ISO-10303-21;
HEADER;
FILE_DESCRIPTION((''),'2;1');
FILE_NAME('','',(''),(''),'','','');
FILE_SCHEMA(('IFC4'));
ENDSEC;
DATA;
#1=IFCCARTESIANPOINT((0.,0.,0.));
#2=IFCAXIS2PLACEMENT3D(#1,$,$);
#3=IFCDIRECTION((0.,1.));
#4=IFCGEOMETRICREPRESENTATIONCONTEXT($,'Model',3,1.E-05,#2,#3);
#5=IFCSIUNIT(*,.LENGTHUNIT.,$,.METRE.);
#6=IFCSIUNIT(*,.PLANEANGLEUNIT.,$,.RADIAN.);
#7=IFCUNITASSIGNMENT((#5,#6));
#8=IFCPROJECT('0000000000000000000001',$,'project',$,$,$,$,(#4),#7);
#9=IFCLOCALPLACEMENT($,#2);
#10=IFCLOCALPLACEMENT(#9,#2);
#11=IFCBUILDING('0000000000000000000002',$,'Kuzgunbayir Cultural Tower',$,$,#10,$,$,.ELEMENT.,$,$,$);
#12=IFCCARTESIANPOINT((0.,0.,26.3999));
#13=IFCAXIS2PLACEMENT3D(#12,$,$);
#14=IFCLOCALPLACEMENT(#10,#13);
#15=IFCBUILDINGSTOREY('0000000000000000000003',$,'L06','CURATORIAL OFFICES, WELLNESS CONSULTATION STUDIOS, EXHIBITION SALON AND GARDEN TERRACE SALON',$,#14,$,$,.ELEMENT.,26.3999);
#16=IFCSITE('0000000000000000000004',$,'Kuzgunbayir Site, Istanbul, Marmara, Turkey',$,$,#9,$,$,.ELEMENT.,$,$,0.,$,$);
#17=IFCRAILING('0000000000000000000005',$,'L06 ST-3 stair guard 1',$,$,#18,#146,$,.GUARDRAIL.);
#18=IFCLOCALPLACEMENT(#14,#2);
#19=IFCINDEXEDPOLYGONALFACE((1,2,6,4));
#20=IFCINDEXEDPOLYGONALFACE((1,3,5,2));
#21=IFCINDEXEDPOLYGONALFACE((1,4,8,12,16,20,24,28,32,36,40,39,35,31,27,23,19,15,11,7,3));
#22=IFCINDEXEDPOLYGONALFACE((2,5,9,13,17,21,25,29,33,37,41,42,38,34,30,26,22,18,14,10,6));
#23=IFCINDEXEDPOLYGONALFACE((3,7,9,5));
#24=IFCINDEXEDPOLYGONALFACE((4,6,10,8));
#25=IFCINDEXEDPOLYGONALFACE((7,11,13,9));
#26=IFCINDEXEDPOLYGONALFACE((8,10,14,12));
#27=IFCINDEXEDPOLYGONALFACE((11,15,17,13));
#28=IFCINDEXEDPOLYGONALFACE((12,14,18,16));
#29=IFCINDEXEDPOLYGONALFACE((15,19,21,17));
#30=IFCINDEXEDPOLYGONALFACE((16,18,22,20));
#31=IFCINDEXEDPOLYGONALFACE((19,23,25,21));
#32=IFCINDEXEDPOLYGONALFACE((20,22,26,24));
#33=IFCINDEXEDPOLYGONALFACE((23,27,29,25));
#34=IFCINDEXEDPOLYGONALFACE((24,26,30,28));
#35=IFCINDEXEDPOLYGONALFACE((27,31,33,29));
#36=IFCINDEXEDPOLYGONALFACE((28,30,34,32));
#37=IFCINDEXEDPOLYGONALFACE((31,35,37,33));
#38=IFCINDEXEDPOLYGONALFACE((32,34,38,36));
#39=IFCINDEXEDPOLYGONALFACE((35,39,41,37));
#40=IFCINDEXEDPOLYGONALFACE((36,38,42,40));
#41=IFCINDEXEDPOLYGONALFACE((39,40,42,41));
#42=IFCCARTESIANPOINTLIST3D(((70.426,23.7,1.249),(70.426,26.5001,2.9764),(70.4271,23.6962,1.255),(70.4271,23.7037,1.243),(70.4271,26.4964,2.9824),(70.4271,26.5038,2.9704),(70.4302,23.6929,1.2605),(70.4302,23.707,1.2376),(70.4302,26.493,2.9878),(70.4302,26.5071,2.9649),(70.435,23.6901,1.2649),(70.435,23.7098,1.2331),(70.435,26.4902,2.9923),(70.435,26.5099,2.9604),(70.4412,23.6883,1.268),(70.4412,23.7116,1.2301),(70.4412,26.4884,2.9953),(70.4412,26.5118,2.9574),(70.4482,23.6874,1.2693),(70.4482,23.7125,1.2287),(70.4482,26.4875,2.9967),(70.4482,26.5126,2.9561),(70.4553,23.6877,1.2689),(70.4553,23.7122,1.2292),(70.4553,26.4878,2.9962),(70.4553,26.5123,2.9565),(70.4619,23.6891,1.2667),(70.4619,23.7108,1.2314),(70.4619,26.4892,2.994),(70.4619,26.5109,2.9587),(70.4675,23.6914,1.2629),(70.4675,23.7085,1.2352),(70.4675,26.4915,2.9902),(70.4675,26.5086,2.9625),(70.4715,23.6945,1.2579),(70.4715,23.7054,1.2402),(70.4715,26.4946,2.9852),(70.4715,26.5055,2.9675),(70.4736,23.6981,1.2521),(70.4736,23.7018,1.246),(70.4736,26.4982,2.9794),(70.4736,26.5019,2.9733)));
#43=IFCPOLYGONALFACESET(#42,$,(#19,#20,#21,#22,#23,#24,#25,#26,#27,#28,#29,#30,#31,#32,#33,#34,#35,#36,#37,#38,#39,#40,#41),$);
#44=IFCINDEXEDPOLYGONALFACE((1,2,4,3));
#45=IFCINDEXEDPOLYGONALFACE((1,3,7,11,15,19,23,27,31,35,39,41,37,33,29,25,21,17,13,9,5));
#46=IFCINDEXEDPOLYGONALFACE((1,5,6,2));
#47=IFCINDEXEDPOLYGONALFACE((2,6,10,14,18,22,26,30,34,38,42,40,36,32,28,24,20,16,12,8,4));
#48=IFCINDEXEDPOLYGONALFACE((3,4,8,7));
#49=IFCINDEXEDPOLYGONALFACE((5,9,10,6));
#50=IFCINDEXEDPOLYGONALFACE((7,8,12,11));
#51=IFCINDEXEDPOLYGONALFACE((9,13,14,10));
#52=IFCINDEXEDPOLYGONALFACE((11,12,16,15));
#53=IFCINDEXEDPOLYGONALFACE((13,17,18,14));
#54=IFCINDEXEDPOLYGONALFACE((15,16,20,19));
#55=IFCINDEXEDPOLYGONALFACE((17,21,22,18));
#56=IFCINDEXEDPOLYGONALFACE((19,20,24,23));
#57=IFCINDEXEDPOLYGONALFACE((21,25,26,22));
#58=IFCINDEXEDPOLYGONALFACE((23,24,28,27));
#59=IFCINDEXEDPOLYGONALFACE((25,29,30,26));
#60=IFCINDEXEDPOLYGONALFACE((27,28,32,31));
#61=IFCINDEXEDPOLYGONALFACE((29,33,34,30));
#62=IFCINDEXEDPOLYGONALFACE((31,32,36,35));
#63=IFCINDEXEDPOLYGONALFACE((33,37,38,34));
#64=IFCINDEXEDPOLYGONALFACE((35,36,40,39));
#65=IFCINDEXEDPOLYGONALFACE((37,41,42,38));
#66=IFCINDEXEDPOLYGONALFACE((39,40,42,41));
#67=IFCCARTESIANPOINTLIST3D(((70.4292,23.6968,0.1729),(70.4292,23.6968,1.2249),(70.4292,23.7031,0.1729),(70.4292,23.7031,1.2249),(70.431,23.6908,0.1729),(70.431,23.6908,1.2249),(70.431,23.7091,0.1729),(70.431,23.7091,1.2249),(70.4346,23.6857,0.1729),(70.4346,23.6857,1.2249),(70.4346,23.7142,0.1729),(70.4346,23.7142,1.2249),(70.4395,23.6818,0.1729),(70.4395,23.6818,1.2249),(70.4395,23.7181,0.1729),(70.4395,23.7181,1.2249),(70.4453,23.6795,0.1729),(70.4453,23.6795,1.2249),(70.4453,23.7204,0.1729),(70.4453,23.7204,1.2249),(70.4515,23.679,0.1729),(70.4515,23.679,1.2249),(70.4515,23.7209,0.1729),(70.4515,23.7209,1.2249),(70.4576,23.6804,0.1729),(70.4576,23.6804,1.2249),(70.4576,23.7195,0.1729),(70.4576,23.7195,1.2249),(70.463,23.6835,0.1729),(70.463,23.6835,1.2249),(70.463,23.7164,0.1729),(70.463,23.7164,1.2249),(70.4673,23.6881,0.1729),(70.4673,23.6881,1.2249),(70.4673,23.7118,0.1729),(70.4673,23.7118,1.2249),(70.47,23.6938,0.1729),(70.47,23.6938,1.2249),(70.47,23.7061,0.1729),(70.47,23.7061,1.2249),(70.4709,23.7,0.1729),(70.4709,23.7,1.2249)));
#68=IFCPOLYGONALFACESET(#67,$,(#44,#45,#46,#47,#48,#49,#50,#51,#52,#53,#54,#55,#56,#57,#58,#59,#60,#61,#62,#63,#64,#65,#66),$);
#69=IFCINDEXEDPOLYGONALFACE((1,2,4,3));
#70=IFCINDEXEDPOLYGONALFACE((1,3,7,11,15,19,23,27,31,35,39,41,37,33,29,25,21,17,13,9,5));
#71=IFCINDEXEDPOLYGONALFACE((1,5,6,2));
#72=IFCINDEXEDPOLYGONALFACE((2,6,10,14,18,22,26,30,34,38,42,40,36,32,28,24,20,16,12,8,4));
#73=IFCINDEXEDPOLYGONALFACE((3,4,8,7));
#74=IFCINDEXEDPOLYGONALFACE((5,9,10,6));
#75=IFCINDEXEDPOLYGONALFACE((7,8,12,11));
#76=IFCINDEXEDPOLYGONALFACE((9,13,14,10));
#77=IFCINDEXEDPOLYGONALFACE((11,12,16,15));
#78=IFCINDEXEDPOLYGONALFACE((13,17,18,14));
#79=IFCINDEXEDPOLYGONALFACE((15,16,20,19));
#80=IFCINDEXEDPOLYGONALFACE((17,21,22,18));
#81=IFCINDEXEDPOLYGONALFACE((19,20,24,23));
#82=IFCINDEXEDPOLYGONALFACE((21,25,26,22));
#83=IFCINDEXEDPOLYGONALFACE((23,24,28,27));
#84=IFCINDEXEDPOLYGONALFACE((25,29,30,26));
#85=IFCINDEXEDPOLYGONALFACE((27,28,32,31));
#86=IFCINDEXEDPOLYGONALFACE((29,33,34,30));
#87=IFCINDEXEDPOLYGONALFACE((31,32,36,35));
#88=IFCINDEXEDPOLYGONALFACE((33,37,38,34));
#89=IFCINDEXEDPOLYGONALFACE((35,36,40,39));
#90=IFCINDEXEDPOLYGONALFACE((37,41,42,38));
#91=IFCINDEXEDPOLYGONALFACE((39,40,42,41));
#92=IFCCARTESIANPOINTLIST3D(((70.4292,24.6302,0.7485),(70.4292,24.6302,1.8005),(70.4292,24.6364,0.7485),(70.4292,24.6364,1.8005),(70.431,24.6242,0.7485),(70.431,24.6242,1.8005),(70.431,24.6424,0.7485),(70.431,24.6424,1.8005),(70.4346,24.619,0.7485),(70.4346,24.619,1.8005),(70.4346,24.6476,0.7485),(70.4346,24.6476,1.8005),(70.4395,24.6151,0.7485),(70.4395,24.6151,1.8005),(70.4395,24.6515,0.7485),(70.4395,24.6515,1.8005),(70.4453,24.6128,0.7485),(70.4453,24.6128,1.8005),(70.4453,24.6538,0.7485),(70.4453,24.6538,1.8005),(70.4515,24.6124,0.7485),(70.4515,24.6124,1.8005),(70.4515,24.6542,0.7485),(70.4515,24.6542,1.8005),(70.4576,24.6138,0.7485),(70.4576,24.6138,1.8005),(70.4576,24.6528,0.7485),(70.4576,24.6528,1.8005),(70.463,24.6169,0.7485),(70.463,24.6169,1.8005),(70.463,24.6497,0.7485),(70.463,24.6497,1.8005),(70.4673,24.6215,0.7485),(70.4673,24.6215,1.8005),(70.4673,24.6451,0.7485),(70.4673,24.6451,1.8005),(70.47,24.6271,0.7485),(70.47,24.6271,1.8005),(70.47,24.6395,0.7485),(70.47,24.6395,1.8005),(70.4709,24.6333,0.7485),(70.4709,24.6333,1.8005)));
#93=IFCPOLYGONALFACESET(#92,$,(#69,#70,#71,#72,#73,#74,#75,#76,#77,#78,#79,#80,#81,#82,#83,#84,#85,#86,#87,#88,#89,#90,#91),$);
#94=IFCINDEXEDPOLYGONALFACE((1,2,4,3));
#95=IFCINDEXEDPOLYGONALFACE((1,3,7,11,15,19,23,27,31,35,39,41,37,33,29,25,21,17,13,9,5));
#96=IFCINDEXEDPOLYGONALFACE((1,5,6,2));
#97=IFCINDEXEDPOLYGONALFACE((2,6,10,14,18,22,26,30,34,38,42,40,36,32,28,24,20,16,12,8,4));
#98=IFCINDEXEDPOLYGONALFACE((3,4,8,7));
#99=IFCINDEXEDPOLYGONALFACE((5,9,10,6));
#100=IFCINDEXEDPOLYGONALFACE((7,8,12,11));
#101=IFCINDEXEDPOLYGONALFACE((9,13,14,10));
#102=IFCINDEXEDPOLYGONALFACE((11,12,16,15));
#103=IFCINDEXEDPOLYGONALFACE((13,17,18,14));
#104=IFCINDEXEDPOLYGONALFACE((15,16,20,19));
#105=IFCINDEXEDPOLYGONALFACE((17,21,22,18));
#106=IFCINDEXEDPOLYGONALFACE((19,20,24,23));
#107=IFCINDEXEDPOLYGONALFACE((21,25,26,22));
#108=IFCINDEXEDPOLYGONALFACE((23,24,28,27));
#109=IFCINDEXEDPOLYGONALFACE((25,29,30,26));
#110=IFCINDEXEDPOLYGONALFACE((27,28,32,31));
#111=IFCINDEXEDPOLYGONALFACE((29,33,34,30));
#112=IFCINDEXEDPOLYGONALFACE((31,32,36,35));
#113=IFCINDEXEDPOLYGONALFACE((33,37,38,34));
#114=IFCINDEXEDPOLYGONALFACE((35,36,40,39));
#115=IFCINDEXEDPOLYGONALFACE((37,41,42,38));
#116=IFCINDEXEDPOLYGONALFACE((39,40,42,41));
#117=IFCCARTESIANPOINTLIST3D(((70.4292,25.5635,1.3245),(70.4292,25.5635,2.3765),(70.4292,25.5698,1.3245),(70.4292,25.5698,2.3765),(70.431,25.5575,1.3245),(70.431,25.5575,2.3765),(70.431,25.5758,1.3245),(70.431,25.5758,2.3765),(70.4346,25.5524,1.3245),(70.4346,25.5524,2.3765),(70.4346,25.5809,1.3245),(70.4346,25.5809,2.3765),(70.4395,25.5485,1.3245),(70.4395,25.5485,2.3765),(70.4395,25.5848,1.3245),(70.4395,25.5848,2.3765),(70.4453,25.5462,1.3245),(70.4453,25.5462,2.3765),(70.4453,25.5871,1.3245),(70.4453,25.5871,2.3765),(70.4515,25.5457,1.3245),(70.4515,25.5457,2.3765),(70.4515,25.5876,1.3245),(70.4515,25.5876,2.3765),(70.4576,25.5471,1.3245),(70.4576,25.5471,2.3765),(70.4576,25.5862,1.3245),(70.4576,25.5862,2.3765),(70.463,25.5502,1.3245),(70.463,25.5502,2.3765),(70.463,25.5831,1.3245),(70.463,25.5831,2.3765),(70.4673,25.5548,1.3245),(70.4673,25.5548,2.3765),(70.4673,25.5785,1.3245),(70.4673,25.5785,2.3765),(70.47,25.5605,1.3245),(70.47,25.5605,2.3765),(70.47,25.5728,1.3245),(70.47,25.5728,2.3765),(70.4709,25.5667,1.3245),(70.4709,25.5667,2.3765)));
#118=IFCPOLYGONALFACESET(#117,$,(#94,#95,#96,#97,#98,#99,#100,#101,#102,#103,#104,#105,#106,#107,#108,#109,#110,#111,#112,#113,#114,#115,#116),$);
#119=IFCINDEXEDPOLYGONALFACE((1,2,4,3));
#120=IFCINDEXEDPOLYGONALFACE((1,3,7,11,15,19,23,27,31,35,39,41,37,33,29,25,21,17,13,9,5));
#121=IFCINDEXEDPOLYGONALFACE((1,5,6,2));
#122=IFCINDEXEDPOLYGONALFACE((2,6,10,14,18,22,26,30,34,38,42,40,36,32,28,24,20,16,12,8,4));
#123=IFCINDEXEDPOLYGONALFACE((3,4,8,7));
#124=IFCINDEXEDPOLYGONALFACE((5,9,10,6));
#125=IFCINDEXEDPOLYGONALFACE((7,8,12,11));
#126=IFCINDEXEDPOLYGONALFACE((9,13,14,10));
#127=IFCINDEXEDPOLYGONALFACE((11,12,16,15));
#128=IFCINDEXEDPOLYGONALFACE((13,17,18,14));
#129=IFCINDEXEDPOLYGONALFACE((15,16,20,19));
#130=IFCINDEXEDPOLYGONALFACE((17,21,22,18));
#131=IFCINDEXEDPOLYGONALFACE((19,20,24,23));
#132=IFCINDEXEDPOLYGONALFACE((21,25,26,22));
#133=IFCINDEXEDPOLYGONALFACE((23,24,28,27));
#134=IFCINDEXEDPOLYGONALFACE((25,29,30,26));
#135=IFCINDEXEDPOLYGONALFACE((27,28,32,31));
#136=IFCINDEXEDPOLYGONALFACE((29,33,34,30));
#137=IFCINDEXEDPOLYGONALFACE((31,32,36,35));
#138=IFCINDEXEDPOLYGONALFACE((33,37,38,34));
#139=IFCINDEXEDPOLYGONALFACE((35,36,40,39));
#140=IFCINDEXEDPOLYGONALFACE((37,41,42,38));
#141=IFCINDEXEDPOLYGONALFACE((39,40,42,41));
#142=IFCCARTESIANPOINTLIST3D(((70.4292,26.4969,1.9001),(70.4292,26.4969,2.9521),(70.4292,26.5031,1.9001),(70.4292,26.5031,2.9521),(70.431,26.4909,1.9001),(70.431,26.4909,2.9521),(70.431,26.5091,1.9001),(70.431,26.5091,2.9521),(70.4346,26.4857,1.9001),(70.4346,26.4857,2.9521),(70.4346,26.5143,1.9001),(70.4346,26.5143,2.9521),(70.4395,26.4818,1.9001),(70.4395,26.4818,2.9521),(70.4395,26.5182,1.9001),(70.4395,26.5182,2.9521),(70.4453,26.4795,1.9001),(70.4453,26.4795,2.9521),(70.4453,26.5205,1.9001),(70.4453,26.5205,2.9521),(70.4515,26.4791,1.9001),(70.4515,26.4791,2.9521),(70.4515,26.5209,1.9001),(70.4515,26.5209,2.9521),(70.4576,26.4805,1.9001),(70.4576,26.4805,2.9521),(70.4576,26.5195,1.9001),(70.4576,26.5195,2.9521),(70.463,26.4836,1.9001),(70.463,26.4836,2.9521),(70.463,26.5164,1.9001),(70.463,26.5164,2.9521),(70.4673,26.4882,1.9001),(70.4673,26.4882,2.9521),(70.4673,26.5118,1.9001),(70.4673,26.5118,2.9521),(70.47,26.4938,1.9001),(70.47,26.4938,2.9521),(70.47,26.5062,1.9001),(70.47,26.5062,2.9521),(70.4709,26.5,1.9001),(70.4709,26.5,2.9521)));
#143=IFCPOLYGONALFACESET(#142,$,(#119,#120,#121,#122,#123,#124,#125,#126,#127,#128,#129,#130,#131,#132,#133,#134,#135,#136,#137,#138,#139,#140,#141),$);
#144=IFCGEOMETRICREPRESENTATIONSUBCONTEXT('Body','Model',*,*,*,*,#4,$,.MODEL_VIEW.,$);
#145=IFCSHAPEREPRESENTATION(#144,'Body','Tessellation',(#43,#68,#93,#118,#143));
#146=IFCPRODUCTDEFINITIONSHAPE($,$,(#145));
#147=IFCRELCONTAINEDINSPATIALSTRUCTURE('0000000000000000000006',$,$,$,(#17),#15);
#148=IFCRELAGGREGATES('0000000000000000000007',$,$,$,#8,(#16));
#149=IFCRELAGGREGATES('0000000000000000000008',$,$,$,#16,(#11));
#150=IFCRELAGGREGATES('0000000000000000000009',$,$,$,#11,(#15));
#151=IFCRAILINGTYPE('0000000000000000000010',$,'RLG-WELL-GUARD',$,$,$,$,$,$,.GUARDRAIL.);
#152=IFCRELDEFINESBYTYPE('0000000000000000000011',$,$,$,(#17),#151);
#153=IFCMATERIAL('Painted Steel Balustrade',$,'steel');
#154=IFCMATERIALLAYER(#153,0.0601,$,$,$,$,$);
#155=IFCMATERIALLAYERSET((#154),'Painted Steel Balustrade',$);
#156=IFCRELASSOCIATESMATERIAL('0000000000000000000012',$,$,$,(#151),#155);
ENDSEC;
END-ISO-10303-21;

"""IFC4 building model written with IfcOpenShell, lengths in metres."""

from ifc_helpers import new_model, si_unit, direction, frame, origin, origin_2d, place, context, subcontext, project, spatial, circle, extrude, material, layer, layer_set, type_object, element, save


model = new_model("IFC4")

# Units and contexts
model_context = context("Model", 3, precision=1e-05, world=origin(), true_north=direction((0.0, 1.0)))
body_context = subcontext(model_context, "Body", "Model", "MODEL_VIEW")
ifc_project = project(units=[si_unit("LENGTHUNIT", "METRE"), si_unit("PLANEANGLEUNIT", "RADIAN")], contexts=[model_context])

# Site, building, storey
site_placement = place(None, origin())
site = spatial("IfcSite", under=ifc_project, at=site_placement, Name="Kuzgunbayir Site, Istanbul, Marmara, Turkey", CompositionType="ELEMENT", RefElevation=0.0)
building_placement = place(site_placement, origin())
building = spatial("IfcBuilding", under=site, at=building_placement, Name="Kuzgunbayir Cultural Tower", CompositionType="ELEMENT")
storey_placement = place(building_placement, frame((0.0, 0.0, 26.3999)))
storey = spatial("IfcBuildingStorey", under=building, at=storey_placement, Name="L06", Description="CURATORIAL OFFICES, WELLNESS CONSULTATION STUDIOS, EXHIBITION SALON AND GARDEN TERRACE SALON", CompositionType="ELEMENT", Elevation=26.3999)

# Railing
ifc_material_1 = material(Name="Painted Steel Balustrade", Category="steel")
ifc_layer_1 = layer(ifc_material_1, 0.0601)
ifc_layer_set_1 = layer_set([ifc_layer_1], Name="Painted Steel Balustrade")
railing_type_1 = type_object("IfcRailingType", Name="RLG-WELL-GUARD", PredefinedType="GUARDRAIL", material=ifc_layer_set_1)
railing_1_placement = place(storey_placement, frame((70.45, 23.7, 0.1729)))
element("IfcRailing", 1, at=railing_1_placement, inside=storey, type_object=railing_type_1, Name="L06 ST-3 stair guard 1", PredefinedType="GUARDRAIL", context=body_context, shape_type="SweptSolid", body=[
    extrude(circle(Radius=0.0239, at=origin_2d()), frame((0.0, 0.0, 1.0762), z_axis=(0.0, 0.85109, 0.52502), x_axis=(-1.0, 0.0, 0.0)), (0.0, 0.0, 1.0), 3.29),
    extrude(circle(Radius=0.021, at=origin_2d()), origin(), (0.0, 0.0, 1.0), 1.052),
    extrude(circle(Radius=0.021, at=origin_2d()), frame((0.0, 0.9333, 0.5757)), (0.0, 0.0, 1.0), 1.052),
    extrude(circle(Radius=0.021, at=origin_2d()), frame((0.0, 1.8667, 1.1516)), (0.0, 0.0, 1.0), 1.052),
    extrude(circle(Radius=0.021, at=origin_2d()), frame((0.0, 2.8, 1.7273)), (0.0, 0.0, 1.0), 1.052),
])

save(model, "model.ifc")
